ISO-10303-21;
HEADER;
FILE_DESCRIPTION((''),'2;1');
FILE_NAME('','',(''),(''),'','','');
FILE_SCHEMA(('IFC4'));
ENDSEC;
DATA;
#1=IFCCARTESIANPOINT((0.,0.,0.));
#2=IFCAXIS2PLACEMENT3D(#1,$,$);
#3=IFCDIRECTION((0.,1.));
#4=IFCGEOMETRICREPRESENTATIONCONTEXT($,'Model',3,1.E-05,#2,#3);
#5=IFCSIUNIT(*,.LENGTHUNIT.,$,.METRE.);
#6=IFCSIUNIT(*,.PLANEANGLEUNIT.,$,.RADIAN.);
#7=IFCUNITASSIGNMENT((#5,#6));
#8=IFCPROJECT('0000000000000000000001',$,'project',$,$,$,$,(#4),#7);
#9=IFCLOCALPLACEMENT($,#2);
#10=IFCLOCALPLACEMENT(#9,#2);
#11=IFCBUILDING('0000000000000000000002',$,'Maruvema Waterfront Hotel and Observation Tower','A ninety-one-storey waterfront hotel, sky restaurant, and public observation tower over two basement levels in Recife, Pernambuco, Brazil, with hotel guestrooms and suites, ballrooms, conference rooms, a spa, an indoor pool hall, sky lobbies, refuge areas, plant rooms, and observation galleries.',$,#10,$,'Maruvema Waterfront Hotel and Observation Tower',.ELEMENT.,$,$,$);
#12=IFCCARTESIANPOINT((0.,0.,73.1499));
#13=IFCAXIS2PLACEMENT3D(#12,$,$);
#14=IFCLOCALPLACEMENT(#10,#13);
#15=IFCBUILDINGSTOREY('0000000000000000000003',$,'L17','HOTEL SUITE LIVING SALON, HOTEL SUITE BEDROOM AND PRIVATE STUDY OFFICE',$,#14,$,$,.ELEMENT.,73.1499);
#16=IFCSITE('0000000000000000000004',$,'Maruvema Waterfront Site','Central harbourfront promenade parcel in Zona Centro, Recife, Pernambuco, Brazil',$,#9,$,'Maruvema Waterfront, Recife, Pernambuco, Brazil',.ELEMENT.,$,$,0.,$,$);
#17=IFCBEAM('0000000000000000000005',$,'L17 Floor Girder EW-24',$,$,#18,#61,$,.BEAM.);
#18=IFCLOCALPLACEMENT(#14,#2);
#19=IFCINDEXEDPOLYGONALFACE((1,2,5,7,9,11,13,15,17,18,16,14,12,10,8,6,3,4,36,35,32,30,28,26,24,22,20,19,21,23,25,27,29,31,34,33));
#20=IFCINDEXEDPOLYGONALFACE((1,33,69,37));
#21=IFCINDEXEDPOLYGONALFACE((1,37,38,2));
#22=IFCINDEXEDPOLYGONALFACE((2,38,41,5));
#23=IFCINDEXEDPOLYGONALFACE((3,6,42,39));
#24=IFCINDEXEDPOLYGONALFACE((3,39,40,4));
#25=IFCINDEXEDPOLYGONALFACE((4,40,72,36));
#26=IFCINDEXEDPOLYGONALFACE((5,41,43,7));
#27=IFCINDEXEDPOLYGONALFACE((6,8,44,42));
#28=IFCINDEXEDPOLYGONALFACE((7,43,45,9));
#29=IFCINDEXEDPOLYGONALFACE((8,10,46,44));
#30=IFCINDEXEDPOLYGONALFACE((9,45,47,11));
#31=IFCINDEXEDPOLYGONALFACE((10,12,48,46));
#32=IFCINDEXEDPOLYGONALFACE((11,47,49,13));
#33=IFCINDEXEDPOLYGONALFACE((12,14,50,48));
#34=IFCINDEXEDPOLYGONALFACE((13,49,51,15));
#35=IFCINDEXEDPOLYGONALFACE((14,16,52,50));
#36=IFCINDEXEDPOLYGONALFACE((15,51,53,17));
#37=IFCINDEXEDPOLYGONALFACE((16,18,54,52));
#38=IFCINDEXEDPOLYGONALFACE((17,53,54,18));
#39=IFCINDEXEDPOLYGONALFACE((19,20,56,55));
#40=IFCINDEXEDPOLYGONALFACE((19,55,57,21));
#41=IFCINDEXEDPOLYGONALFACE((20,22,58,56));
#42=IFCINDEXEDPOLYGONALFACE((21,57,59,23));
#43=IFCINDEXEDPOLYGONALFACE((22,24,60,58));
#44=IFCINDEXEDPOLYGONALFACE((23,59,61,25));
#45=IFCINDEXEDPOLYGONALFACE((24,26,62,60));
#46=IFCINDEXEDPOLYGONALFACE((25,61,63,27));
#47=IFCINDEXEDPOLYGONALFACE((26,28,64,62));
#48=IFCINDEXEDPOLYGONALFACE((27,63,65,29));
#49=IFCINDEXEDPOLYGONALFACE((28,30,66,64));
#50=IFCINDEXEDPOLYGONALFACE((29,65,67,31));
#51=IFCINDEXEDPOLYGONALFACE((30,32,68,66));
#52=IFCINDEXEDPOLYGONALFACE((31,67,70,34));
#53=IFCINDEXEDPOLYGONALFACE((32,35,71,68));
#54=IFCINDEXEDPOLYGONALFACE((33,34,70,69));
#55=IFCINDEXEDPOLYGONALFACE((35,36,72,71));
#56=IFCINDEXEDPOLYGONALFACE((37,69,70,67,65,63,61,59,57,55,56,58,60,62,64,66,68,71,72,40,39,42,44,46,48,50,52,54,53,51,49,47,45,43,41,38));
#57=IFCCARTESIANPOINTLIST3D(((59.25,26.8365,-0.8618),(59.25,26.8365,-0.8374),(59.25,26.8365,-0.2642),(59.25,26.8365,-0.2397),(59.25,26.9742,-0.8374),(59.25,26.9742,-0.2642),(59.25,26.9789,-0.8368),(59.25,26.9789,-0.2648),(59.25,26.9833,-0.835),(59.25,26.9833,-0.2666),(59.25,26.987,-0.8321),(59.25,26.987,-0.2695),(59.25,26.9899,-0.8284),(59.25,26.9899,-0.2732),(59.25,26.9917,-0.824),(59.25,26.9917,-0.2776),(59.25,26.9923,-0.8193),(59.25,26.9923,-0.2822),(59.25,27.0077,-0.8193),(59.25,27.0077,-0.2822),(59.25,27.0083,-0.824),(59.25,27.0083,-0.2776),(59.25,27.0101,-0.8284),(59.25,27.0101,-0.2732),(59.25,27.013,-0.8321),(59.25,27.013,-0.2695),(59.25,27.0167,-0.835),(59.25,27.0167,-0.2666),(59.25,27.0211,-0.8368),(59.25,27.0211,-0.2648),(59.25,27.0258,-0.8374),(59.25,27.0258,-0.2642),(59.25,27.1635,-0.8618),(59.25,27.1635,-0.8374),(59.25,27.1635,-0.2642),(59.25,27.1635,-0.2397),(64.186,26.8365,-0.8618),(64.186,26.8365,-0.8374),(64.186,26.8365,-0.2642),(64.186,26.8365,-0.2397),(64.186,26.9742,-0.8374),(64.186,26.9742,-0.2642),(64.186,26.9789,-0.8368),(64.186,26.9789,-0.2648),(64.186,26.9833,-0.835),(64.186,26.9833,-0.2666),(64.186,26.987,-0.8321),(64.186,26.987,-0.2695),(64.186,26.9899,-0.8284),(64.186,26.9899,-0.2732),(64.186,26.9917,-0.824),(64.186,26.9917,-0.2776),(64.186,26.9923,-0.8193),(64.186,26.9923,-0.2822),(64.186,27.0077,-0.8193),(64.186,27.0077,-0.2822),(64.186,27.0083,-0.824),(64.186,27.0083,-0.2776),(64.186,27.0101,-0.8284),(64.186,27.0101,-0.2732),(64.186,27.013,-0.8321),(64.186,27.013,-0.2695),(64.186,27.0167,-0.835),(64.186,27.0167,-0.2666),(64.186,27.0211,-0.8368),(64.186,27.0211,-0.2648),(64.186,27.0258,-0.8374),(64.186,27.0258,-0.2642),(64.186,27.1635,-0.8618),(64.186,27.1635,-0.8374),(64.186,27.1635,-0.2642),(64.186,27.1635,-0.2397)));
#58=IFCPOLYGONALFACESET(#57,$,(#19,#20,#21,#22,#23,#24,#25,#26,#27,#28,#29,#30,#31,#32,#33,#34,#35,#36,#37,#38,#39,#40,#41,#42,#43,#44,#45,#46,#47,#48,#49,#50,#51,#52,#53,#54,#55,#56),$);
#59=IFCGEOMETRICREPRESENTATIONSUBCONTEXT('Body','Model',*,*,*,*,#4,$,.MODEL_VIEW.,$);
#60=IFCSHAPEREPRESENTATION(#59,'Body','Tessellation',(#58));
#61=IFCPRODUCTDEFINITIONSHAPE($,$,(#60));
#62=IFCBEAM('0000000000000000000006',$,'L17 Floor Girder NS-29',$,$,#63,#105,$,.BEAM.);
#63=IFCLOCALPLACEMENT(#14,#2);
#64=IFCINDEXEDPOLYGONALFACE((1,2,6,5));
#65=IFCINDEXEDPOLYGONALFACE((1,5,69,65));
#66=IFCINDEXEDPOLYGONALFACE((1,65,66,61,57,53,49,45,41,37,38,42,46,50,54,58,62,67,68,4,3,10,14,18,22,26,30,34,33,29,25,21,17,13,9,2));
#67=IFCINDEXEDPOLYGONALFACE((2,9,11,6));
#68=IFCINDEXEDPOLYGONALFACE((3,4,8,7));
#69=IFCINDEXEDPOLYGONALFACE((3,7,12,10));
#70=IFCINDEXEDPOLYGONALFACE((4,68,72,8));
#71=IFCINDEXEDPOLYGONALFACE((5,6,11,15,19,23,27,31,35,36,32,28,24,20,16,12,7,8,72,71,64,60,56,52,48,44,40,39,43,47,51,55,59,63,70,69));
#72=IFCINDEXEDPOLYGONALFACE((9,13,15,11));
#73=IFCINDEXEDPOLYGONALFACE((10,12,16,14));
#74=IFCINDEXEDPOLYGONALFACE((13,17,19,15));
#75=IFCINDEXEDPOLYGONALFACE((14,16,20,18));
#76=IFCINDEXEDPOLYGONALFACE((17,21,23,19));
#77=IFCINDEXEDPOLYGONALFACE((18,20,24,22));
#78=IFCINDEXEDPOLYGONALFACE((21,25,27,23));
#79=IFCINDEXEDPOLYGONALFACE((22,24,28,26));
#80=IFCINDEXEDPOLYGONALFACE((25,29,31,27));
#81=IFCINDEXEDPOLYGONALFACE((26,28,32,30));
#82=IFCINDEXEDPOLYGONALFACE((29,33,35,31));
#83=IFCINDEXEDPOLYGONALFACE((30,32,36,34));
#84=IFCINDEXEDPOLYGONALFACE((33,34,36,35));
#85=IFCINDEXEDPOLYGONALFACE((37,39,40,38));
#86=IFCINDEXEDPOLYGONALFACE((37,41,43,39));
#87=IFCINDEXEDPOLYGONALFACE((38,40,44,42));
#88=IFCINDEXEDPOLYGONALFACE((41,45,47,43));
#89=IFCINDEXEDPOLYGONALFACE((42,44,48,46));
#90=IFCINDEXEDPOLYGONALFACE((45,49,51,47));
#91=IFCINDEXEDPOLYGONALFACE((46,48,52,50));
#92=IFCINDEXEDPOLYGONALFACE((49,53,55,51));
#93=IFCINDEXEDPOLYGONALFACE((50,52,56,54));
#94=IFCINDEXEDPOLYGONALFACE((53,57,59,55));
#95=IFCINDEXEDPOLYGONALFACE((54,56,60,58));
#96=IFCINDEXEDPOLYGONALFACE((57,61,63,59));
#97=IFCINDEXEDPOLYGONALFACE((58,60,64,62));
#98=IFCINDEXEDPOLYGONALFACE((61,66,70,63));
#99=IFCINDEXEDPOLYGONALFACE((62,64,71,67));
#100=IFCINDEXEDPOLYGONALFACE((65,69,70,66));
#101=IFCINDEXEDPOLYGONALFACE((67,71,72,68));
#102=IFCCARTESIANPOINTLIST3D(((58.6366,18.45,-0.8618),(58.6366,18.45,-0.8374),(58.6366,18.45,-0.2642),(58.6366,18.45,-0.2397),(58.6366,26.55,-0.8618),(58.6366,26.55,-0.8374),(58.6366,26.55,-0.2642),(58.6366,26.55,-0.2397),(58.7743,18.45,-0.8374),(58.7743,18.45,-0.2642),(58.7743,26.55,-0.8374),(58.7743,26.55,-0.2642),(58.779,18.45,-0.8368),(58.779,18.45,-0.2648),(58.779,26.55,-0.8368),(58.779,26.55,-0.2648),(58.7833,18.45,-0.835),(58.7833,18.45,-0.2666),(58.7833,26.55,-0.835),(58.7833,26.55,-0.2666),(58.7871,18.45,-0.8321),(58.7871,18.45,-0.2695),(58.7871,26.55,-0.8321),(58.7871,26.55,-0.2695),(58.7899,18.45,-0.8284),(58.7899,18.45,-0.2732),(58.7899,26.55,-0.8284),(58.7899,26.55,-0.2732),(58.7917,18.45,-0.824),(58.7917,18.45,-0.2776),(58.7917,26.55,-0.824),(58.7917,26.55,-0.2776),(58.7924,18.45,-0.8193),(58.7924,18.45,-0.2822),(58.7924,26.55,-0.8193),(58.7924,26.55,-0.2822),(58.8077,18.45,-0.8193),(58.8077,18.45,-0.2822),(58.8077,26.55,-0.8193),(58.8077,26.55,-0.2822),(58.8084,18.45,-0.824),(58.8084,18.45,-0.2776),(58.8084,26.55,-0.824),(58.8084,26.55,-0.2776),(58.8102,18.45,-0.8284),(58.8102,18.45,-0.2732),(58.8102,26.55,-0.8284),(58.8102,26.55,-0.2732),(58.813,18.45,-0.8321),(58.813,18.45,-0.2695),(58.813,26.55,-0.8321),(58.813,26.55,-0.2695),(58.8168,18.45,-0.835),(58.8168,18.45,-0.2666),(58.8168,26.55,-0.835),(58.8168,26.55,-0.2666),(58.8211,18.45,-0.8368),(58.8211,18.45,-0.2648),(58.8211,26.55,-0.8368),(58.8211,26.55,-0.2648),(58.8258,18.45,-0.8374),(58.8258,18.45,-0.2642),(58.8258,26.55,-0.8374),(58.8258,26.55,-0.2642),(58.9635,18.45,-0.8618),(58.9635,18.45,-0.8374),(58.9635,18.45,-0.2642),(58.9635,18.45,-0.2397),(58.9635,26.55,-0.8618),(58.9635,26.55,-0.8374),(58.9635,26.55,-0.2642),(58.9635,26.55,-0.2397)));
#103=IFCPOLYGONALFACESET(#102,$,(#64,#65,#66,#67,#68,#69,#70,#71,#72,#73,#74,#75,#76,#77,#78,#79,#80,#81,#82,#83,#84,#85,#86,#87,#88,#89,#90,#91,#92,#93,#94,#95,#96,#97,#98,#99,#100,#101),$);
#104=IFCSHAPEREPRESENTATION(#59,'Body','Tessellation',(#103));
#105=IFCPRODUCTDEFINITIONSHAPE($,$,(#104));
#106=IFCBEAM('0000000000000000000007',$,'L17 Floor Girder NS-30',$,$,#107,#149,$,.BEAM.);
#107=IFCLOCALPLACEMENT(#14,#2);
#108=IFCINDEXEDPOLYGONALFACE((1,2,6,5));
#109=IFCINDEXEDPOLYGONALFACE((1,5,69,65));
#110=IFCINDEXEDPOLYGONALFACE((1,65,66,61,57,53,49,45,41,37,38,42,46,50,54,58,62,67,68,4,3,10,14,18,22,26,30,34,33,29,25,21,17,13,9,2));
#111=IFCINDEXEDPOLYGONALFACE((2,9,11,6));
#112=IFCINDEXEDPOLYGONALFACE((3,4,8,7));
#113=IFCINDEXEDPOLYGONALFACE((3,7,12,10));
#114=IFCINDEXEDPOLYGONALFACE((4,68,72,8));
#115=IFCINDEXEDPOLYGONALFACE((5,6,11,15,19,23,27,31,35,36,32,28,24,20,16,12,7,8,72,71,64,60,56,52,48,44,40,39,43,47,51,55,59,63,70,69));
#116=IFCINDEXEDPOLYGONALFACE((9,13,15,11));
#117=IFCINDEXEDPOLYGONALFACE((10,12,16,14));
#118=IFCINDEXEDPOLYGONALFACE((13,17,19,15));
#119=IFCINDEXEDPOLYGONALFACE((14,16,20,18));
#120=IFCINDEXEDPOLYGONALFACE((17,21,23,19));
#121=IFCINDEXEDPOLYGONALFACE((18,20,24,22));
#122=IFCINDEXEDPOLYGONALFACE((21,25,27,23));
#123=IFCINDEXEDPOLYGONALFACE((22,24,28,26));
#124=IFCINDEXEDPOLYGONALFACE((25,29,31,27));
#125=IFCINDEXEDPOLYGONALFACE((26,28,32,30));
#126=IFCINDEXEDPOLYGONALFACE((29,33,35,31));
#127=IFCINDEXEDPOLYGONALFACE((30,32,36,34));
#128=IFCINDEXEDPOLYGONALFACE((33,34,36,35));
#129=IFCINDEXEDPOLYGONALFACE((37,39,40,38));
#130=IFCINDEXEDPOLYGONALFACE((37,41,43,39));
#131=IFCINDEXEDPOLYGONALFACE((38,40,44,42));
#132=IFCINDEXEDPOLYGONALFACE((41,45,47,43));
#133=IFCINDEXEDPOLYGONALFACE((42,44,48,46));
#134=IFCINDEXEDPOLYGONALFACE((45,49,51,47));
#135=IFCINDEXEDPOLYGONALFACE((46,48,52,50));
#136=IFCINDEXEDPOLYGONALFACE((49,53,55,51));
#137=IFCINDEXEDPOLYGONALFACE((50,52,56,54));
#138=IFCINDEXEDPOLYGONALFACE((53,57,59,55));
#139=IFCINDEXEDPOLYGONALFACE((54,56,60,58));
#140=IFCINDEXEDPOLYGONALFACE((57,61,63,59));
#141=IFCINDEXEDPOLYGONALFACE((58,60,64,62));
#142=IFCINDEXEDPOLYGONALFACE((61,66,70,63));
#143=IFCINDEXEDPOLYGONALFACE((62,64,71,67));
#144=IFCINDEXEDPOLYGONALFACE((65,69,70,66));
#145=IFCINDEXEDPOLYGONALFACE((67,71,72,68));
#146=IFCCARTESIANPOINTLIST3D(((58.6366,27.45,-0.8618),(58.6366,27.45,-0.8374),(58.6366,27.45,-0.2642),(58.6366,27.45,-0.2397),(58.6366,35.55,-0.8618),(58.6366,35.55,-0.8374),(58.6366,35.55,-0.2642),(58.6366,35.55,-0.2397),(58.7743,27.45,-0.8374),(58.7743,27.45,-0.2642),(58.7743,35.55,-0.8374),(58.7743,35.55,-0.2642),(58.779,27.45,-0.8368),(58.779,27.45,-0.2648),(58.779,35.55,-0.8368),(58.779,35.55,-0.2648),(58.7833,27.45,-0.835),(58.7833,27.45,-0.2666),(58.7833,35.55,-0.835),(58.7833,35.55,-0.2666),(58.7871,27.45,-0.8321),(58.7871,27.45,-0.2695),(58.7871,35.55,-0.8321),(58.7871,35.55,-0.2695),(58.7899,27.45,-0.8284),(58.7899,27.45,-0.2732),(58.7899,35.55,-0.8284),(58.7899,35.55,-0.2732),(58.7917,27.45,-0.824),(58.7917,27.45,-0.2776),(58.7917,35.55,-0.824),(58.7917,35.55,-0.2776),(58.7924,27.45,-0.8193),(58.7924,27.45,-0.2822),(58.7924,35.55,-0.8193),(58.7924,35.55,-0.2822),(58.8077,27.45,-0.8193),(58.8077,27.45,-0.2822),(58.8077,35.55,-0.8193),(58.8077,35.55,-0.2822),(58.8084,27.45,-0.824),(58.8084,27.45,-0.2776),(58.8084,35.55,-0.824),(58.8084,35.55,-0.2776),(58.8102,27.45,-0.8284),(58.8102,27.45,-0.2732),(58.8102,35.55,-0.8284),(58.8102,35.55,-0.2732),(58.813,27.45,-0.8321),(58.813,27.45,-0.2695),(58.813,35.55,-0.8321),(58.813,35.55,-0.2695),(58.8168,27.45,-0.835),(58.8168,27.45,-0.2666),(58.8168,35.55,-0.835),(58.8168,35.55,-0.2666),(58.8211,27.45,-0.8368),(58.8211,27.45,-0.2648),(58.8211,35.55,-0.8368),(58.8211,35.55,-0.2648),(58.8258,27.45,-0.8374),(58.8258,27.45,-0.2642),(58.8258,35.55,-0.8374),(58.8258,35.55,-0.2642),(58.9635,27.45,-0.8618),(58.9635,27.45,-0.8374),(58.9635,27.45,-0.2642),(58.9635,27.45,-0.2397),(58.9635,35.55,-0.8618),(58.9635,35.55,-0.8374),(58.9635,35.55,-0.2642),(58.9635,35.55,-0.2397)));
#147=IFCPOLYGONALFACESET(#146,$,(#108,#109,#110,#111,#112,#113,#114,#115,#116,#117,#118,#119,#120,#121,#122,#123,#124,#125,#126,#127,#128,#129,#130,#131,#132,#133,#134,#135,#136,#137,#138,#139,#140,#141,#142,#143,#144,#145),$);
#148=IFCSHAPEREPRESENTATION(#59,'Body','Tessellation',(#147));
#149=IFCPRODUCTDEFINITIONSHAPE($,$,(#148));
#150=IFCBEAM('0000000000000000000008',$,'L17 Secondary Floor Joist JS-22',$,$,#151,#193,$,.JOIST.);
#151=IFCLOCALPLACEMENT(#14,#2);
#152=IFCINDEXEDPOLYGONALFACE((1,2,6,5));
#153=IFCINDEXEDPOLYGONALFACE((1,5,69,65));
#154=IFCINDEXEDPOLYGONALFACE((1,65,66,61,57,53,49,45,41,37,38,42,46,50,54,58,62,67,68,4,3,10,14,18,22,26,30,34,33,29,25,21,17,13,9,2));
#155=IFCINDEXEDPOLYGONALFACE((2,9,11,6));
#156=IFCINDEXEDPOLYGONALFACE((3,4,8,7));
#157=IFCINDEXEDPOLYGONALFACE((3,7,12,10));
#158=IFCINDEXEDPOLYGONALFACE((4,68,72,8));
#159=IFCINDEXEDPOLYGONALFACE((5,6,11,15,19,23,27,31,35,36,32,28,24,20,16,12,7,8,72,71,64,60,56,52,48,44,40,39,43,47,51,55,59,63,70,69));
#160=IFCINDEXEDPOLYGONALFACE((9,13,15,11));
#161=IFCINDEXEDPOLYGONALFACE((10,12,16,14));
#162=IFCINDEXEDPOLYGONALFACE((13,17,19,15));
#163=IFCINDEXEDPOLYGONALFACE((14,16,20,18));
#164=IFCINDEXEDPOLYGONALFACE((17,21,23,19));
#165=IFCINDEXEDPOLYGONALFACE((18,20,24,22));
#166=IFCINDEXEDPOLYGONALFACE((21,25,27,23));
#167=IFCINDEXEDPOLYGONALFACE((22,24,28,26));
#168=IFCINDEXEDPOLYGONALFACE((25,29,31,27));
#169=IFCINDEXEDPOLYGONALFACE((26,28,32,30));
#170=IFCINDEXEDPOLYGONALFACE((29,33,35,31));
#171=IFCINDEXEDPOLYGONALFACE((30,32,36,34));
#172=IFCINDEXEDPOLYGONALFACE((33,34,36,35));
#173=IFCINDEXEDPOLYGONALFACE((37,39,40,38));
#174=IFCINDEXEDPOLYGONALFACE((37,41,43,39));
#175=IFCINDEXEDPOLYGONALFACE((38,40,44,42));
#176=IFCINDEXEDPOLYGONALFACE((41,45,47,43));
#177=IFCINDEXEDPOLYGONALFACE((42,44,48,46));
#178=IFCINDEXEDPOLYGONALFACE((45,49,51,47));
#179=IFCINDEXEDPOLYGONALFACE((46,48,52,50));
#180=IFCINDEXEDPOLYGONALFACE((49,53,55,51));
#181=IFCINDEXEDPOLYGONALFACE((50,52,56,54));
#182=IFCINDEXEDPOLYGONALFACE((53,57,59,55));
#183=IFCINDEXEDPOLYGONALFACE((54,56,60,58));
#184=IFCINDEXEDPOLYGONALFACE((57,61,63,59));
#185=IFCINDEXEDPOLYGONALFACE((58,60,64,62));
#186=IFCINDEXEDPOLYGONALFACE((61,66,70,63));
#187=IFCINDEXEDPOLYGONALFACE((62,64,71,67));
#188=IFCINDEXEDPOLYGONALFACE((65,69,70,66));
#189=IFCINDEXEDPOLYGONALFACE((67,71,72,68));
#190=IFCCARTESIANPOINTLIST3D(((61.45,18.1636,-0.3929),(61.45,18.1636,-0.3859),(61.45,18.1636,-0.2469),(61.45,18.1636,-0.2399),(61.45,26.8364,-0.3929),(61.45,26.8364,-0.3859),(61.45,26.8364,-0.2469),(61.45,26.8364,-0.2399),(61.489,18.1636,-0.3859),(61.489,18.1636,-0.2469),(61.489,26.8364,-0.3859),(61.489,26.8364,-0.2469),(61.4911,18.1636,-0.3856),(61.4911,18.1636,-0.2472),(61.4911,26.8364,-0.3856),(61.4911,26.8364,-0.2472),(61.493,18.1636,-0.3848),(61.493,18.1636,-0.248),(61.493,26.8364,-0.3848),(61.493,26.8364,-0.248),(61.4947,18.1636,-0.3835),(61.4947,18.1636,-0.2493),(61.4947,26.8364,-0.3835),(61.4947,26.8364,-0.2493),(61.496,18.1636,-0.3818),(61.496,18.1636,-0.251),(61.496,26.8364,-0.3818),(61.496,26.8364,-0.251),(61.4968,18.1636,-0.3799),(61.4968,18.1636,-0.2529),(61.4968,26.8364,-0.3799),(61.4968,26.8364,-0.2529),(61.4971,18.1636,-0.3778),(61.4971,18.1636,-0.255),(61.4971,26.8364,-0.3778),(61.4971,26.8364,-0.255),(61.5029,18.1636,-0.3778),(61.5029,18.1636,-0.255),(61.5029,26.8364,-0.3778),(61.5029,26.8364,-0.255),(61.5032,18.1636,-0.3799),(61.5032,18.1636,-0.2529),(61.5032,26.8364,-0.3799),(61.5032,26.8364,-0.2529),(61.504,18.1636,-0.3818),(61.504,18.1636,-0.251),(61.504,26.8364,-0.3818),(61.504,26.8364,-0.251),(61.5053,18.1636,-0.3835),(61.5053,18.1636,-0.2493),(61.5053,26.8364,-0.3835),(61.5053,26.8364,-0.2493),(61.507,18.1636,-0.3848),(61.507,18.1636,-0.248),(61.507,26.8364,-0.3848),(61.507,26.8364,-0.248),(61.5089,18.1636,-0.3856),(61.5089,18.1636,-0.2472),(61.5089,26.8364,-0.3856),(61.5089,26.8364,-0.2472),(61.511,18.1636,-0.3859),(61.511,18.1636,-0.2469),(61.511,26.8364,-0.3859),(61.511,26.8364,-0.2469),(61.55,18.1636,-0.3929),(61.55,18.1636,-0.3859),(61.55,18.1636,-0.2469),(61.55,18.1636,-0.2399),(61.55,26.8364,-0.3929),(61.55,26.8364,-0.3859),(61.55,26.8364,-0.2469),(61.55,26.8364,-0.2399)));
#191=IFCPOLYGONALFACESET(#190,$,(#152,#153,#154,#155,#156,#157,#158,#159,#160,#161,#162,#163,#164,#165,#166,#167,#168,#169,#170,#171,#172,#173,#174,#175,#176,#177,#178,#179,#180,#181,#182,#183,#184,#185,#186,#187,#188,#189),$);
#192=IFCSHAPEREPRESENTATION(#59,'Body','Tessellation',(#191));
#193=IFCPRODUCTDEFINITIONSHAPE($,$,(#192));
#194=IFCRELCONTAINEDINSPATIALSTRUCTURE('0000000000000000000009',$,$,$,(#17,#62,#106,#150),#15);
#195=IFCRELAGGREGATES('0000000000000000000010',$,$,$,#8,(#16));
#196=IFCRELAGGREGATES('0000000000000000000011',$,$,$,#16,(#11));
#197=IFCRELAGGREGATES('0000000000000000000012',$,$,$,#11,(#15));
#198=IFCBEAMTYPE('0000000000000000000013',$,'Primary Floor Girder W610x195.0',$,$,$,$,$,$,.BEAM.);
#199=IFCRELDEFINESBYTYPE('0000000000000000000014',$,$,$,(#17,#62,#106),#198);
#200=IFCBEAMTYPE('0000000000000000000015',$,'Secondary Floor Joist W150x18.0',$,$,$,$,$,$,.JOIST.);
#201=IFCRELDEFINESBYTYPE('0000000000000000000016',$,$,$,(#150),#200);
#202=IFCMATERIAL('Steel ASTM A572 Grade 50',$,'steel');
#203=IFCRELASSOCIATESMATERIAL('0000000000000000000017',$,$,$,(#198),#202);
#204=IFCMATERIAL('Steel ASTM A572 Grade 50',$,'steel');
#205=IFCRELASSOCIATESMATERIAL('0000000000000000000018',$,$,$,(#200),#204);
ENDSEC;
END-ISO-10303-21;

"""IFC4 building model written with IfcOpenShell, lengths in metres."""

from ifc_helpers import new_model, si_unit, direction, frame, origin, origin_2d, place, context, subcontext, project, spatial, i_section, extrude, material, material_profile, profile_set, type_object, element, save


model = new_model("IFC4")

# Units and contexts
model_context = context("Model", 3, precision=1e-05, world=origin(), true_north=direction((0.0, 1.0)))
body_context = subcontext(model_context, "Body", "Model", "MODEL_VIEW")
ifc_project = project(units=[si_unit("LENGTHUNIT", "METRE"), si_unit("PLANEANGLEUNIT", "RADIAN")], contexts=[model_context])

# Site, building, storey
site_placement = place(None, origin())
site = spatial("IfcSite", under=ifc_project, at=site_placement, Name="Maruvema Waterfront Site", Description="Central harbourfront promenade parcel in Zona Centro, Recife, Pernambuco, Brazil", LongName="Maruvema Waterfront, Recife, Pernambuco, Brazil", CompositionType="ELEMENT", RefElevation=0.0)
building_placement = place(site_placement, origin())
building = spatial("IfcBuilding", under=site, at=building_placement, Name="Maruvema Waterfront Hotel and Observation Tower", Description="A ninety-one-storey waterfront hotel, sky restaurant, and public observation tower over two basement levels in Recife, Pernambuco, Brazil, with hotel guestrooms and suites, ballrooms, conference rooms, a spa, an indoor pool hall, sky lobbies, refuge areas, plant rooms, and observation galleries.", LongName="Maruvema Waterfront Hotel and Observation Tower", CompositionType="ELEMENT")
storey_placement = place(building_placement, frame((0.0, 0.0, 73.1499)))
storey = spatial("IfcBuildingStorey", under=building, at=storey_placement, Name="L17", Description="HOTEL SUITE LIVING SALON, HOTEL SUITE BEDROOM AND PRIVATE STUDY OFFICE", CompositionType="ELEMENT", Elevation=73.1499)

# Beams
ifc_material_1 = material(Name="Steel ASTM A572 Grade 50", Category="steel")
ifc_material_profile_1 = material_profile(ifc_material_1, i_section(OverallWidth=0.3269, OverallDepth=0.6221, WebThickness=0.0154, FlangeThickness=0.0244, FilletRadius=0.0181, at=origin_2d()), Name="W610x195.0")
ifc_profile_set_1 = profile_set([ifc_material_profile_1], Name="Steel ASTM A572 Grade 50")
beam_type_1 = type_object("IfcBeamType", Name="Primary Floor Girder W610x195.0", PredefinedType="BEAM", material=ifc_profile_set_1)
for number, where, z_axis, x_axis, name in (
    (1, (59.25, 27.0, -0.5508), (1.0, 0.0, 0.0), (0.0, 1.0, 0.0), "L17 Floor Girder EW-24"),
):
    element("IfcBeam", number, at=place(storey_placement, frame(where, z_axis=z_axis, x_axis=x_axis)), inside=storey, type_object=beam_type_1, Name=name, PredefinedType="BEAM", context=body_context, shape_type="SweptSolid", body=[
        extrude(i_section(OverallWidth=0.3269, OverallDepth=0.6221, WebThickness=0.0154, FlangeThickness=0.0244, FilletRadius=0.0181, at=origin_2d()), origin(), (0.0, 0.0, 1.0), 4.936),
    ])
for number, where, z_axis, x_axis, name in (
    (2, (58.8, 18.45, -0.5508), (0.0, 1.0, 0.0), (-1.0, 0.0, 0.0), "L17 Floor Girder NS-29"),
    (3, (58.8, 27.45, -0.5508), (0.0, 1.0, 0.0), (-1.0, 0.0, 0.0), "L17 Floor Girder NS-30"),
):
    element("IfcBeam", number, at=place(storey_placement, frame(where, z_axis=z_axis, x_axis=x_axis)), inside=storey, type_object=beam_type_1, Name=name, PredefinedType="BEAM", context=body_context, shape_type="SweptSolid", body=[
        extrude(i_section(OverallWidth=0.3269, OverallDepth=0.6221, WebThickness=0.0154, FlangeThickness=0.0244, FilletRadius=0.0181, at=origin_2d()), origin(), (0.0, 0.0, 1.0), 8.1001),
    ])
ifc_material_2 = material(Name="Steel ASTM A572 Grade 50", Category="steel")
ifc_material_profile_2 = material_profile(ifc_material_2, i_section(OverallWidth=0.1001, OverallDepth=0.1531, WebThickness=0.0059, FlangeThickness=0.0071, FilletRadius=0.0081, at=origin_2d()), Name="W150x18.0")
ifc_profile_set_2 = profile_set([ifc_material_profile_2], Name="Steel ASTM A572 Grade 50")
beam_type_2 = type_object("IfcBeamType", Name="Secondary Floor Joist W150x18.0", PredefinedType="JOIST", material=ifc_profile_set_2)
beam_1_placement = place(storey_placement, frame((61.5, 18.1636, -0.3164), z_axis=(0.0, 1.0, 0.0), x_axis=(-1.0, 0.0, 0.0)))
element("IfcBeam", 4, at=beam_1_placement, inside=storey, type_object=beam_type_2, Name="L17 Secondary Floor Joist JS-22", PredefinedType="JOIST", context=body_context, shape_type="SweptSolid", body=[
    extrude(i_section(OverallWidth=0.1001, OverallDepth=0.1531, WebThickness=0.0059, FlangeThickness=0.0071, FilletRadius=0.0081, at=origin_2d()), origin(), (0.0, 0.0, 1.0), 8.6729),
])

save(model, "model.ifc")
